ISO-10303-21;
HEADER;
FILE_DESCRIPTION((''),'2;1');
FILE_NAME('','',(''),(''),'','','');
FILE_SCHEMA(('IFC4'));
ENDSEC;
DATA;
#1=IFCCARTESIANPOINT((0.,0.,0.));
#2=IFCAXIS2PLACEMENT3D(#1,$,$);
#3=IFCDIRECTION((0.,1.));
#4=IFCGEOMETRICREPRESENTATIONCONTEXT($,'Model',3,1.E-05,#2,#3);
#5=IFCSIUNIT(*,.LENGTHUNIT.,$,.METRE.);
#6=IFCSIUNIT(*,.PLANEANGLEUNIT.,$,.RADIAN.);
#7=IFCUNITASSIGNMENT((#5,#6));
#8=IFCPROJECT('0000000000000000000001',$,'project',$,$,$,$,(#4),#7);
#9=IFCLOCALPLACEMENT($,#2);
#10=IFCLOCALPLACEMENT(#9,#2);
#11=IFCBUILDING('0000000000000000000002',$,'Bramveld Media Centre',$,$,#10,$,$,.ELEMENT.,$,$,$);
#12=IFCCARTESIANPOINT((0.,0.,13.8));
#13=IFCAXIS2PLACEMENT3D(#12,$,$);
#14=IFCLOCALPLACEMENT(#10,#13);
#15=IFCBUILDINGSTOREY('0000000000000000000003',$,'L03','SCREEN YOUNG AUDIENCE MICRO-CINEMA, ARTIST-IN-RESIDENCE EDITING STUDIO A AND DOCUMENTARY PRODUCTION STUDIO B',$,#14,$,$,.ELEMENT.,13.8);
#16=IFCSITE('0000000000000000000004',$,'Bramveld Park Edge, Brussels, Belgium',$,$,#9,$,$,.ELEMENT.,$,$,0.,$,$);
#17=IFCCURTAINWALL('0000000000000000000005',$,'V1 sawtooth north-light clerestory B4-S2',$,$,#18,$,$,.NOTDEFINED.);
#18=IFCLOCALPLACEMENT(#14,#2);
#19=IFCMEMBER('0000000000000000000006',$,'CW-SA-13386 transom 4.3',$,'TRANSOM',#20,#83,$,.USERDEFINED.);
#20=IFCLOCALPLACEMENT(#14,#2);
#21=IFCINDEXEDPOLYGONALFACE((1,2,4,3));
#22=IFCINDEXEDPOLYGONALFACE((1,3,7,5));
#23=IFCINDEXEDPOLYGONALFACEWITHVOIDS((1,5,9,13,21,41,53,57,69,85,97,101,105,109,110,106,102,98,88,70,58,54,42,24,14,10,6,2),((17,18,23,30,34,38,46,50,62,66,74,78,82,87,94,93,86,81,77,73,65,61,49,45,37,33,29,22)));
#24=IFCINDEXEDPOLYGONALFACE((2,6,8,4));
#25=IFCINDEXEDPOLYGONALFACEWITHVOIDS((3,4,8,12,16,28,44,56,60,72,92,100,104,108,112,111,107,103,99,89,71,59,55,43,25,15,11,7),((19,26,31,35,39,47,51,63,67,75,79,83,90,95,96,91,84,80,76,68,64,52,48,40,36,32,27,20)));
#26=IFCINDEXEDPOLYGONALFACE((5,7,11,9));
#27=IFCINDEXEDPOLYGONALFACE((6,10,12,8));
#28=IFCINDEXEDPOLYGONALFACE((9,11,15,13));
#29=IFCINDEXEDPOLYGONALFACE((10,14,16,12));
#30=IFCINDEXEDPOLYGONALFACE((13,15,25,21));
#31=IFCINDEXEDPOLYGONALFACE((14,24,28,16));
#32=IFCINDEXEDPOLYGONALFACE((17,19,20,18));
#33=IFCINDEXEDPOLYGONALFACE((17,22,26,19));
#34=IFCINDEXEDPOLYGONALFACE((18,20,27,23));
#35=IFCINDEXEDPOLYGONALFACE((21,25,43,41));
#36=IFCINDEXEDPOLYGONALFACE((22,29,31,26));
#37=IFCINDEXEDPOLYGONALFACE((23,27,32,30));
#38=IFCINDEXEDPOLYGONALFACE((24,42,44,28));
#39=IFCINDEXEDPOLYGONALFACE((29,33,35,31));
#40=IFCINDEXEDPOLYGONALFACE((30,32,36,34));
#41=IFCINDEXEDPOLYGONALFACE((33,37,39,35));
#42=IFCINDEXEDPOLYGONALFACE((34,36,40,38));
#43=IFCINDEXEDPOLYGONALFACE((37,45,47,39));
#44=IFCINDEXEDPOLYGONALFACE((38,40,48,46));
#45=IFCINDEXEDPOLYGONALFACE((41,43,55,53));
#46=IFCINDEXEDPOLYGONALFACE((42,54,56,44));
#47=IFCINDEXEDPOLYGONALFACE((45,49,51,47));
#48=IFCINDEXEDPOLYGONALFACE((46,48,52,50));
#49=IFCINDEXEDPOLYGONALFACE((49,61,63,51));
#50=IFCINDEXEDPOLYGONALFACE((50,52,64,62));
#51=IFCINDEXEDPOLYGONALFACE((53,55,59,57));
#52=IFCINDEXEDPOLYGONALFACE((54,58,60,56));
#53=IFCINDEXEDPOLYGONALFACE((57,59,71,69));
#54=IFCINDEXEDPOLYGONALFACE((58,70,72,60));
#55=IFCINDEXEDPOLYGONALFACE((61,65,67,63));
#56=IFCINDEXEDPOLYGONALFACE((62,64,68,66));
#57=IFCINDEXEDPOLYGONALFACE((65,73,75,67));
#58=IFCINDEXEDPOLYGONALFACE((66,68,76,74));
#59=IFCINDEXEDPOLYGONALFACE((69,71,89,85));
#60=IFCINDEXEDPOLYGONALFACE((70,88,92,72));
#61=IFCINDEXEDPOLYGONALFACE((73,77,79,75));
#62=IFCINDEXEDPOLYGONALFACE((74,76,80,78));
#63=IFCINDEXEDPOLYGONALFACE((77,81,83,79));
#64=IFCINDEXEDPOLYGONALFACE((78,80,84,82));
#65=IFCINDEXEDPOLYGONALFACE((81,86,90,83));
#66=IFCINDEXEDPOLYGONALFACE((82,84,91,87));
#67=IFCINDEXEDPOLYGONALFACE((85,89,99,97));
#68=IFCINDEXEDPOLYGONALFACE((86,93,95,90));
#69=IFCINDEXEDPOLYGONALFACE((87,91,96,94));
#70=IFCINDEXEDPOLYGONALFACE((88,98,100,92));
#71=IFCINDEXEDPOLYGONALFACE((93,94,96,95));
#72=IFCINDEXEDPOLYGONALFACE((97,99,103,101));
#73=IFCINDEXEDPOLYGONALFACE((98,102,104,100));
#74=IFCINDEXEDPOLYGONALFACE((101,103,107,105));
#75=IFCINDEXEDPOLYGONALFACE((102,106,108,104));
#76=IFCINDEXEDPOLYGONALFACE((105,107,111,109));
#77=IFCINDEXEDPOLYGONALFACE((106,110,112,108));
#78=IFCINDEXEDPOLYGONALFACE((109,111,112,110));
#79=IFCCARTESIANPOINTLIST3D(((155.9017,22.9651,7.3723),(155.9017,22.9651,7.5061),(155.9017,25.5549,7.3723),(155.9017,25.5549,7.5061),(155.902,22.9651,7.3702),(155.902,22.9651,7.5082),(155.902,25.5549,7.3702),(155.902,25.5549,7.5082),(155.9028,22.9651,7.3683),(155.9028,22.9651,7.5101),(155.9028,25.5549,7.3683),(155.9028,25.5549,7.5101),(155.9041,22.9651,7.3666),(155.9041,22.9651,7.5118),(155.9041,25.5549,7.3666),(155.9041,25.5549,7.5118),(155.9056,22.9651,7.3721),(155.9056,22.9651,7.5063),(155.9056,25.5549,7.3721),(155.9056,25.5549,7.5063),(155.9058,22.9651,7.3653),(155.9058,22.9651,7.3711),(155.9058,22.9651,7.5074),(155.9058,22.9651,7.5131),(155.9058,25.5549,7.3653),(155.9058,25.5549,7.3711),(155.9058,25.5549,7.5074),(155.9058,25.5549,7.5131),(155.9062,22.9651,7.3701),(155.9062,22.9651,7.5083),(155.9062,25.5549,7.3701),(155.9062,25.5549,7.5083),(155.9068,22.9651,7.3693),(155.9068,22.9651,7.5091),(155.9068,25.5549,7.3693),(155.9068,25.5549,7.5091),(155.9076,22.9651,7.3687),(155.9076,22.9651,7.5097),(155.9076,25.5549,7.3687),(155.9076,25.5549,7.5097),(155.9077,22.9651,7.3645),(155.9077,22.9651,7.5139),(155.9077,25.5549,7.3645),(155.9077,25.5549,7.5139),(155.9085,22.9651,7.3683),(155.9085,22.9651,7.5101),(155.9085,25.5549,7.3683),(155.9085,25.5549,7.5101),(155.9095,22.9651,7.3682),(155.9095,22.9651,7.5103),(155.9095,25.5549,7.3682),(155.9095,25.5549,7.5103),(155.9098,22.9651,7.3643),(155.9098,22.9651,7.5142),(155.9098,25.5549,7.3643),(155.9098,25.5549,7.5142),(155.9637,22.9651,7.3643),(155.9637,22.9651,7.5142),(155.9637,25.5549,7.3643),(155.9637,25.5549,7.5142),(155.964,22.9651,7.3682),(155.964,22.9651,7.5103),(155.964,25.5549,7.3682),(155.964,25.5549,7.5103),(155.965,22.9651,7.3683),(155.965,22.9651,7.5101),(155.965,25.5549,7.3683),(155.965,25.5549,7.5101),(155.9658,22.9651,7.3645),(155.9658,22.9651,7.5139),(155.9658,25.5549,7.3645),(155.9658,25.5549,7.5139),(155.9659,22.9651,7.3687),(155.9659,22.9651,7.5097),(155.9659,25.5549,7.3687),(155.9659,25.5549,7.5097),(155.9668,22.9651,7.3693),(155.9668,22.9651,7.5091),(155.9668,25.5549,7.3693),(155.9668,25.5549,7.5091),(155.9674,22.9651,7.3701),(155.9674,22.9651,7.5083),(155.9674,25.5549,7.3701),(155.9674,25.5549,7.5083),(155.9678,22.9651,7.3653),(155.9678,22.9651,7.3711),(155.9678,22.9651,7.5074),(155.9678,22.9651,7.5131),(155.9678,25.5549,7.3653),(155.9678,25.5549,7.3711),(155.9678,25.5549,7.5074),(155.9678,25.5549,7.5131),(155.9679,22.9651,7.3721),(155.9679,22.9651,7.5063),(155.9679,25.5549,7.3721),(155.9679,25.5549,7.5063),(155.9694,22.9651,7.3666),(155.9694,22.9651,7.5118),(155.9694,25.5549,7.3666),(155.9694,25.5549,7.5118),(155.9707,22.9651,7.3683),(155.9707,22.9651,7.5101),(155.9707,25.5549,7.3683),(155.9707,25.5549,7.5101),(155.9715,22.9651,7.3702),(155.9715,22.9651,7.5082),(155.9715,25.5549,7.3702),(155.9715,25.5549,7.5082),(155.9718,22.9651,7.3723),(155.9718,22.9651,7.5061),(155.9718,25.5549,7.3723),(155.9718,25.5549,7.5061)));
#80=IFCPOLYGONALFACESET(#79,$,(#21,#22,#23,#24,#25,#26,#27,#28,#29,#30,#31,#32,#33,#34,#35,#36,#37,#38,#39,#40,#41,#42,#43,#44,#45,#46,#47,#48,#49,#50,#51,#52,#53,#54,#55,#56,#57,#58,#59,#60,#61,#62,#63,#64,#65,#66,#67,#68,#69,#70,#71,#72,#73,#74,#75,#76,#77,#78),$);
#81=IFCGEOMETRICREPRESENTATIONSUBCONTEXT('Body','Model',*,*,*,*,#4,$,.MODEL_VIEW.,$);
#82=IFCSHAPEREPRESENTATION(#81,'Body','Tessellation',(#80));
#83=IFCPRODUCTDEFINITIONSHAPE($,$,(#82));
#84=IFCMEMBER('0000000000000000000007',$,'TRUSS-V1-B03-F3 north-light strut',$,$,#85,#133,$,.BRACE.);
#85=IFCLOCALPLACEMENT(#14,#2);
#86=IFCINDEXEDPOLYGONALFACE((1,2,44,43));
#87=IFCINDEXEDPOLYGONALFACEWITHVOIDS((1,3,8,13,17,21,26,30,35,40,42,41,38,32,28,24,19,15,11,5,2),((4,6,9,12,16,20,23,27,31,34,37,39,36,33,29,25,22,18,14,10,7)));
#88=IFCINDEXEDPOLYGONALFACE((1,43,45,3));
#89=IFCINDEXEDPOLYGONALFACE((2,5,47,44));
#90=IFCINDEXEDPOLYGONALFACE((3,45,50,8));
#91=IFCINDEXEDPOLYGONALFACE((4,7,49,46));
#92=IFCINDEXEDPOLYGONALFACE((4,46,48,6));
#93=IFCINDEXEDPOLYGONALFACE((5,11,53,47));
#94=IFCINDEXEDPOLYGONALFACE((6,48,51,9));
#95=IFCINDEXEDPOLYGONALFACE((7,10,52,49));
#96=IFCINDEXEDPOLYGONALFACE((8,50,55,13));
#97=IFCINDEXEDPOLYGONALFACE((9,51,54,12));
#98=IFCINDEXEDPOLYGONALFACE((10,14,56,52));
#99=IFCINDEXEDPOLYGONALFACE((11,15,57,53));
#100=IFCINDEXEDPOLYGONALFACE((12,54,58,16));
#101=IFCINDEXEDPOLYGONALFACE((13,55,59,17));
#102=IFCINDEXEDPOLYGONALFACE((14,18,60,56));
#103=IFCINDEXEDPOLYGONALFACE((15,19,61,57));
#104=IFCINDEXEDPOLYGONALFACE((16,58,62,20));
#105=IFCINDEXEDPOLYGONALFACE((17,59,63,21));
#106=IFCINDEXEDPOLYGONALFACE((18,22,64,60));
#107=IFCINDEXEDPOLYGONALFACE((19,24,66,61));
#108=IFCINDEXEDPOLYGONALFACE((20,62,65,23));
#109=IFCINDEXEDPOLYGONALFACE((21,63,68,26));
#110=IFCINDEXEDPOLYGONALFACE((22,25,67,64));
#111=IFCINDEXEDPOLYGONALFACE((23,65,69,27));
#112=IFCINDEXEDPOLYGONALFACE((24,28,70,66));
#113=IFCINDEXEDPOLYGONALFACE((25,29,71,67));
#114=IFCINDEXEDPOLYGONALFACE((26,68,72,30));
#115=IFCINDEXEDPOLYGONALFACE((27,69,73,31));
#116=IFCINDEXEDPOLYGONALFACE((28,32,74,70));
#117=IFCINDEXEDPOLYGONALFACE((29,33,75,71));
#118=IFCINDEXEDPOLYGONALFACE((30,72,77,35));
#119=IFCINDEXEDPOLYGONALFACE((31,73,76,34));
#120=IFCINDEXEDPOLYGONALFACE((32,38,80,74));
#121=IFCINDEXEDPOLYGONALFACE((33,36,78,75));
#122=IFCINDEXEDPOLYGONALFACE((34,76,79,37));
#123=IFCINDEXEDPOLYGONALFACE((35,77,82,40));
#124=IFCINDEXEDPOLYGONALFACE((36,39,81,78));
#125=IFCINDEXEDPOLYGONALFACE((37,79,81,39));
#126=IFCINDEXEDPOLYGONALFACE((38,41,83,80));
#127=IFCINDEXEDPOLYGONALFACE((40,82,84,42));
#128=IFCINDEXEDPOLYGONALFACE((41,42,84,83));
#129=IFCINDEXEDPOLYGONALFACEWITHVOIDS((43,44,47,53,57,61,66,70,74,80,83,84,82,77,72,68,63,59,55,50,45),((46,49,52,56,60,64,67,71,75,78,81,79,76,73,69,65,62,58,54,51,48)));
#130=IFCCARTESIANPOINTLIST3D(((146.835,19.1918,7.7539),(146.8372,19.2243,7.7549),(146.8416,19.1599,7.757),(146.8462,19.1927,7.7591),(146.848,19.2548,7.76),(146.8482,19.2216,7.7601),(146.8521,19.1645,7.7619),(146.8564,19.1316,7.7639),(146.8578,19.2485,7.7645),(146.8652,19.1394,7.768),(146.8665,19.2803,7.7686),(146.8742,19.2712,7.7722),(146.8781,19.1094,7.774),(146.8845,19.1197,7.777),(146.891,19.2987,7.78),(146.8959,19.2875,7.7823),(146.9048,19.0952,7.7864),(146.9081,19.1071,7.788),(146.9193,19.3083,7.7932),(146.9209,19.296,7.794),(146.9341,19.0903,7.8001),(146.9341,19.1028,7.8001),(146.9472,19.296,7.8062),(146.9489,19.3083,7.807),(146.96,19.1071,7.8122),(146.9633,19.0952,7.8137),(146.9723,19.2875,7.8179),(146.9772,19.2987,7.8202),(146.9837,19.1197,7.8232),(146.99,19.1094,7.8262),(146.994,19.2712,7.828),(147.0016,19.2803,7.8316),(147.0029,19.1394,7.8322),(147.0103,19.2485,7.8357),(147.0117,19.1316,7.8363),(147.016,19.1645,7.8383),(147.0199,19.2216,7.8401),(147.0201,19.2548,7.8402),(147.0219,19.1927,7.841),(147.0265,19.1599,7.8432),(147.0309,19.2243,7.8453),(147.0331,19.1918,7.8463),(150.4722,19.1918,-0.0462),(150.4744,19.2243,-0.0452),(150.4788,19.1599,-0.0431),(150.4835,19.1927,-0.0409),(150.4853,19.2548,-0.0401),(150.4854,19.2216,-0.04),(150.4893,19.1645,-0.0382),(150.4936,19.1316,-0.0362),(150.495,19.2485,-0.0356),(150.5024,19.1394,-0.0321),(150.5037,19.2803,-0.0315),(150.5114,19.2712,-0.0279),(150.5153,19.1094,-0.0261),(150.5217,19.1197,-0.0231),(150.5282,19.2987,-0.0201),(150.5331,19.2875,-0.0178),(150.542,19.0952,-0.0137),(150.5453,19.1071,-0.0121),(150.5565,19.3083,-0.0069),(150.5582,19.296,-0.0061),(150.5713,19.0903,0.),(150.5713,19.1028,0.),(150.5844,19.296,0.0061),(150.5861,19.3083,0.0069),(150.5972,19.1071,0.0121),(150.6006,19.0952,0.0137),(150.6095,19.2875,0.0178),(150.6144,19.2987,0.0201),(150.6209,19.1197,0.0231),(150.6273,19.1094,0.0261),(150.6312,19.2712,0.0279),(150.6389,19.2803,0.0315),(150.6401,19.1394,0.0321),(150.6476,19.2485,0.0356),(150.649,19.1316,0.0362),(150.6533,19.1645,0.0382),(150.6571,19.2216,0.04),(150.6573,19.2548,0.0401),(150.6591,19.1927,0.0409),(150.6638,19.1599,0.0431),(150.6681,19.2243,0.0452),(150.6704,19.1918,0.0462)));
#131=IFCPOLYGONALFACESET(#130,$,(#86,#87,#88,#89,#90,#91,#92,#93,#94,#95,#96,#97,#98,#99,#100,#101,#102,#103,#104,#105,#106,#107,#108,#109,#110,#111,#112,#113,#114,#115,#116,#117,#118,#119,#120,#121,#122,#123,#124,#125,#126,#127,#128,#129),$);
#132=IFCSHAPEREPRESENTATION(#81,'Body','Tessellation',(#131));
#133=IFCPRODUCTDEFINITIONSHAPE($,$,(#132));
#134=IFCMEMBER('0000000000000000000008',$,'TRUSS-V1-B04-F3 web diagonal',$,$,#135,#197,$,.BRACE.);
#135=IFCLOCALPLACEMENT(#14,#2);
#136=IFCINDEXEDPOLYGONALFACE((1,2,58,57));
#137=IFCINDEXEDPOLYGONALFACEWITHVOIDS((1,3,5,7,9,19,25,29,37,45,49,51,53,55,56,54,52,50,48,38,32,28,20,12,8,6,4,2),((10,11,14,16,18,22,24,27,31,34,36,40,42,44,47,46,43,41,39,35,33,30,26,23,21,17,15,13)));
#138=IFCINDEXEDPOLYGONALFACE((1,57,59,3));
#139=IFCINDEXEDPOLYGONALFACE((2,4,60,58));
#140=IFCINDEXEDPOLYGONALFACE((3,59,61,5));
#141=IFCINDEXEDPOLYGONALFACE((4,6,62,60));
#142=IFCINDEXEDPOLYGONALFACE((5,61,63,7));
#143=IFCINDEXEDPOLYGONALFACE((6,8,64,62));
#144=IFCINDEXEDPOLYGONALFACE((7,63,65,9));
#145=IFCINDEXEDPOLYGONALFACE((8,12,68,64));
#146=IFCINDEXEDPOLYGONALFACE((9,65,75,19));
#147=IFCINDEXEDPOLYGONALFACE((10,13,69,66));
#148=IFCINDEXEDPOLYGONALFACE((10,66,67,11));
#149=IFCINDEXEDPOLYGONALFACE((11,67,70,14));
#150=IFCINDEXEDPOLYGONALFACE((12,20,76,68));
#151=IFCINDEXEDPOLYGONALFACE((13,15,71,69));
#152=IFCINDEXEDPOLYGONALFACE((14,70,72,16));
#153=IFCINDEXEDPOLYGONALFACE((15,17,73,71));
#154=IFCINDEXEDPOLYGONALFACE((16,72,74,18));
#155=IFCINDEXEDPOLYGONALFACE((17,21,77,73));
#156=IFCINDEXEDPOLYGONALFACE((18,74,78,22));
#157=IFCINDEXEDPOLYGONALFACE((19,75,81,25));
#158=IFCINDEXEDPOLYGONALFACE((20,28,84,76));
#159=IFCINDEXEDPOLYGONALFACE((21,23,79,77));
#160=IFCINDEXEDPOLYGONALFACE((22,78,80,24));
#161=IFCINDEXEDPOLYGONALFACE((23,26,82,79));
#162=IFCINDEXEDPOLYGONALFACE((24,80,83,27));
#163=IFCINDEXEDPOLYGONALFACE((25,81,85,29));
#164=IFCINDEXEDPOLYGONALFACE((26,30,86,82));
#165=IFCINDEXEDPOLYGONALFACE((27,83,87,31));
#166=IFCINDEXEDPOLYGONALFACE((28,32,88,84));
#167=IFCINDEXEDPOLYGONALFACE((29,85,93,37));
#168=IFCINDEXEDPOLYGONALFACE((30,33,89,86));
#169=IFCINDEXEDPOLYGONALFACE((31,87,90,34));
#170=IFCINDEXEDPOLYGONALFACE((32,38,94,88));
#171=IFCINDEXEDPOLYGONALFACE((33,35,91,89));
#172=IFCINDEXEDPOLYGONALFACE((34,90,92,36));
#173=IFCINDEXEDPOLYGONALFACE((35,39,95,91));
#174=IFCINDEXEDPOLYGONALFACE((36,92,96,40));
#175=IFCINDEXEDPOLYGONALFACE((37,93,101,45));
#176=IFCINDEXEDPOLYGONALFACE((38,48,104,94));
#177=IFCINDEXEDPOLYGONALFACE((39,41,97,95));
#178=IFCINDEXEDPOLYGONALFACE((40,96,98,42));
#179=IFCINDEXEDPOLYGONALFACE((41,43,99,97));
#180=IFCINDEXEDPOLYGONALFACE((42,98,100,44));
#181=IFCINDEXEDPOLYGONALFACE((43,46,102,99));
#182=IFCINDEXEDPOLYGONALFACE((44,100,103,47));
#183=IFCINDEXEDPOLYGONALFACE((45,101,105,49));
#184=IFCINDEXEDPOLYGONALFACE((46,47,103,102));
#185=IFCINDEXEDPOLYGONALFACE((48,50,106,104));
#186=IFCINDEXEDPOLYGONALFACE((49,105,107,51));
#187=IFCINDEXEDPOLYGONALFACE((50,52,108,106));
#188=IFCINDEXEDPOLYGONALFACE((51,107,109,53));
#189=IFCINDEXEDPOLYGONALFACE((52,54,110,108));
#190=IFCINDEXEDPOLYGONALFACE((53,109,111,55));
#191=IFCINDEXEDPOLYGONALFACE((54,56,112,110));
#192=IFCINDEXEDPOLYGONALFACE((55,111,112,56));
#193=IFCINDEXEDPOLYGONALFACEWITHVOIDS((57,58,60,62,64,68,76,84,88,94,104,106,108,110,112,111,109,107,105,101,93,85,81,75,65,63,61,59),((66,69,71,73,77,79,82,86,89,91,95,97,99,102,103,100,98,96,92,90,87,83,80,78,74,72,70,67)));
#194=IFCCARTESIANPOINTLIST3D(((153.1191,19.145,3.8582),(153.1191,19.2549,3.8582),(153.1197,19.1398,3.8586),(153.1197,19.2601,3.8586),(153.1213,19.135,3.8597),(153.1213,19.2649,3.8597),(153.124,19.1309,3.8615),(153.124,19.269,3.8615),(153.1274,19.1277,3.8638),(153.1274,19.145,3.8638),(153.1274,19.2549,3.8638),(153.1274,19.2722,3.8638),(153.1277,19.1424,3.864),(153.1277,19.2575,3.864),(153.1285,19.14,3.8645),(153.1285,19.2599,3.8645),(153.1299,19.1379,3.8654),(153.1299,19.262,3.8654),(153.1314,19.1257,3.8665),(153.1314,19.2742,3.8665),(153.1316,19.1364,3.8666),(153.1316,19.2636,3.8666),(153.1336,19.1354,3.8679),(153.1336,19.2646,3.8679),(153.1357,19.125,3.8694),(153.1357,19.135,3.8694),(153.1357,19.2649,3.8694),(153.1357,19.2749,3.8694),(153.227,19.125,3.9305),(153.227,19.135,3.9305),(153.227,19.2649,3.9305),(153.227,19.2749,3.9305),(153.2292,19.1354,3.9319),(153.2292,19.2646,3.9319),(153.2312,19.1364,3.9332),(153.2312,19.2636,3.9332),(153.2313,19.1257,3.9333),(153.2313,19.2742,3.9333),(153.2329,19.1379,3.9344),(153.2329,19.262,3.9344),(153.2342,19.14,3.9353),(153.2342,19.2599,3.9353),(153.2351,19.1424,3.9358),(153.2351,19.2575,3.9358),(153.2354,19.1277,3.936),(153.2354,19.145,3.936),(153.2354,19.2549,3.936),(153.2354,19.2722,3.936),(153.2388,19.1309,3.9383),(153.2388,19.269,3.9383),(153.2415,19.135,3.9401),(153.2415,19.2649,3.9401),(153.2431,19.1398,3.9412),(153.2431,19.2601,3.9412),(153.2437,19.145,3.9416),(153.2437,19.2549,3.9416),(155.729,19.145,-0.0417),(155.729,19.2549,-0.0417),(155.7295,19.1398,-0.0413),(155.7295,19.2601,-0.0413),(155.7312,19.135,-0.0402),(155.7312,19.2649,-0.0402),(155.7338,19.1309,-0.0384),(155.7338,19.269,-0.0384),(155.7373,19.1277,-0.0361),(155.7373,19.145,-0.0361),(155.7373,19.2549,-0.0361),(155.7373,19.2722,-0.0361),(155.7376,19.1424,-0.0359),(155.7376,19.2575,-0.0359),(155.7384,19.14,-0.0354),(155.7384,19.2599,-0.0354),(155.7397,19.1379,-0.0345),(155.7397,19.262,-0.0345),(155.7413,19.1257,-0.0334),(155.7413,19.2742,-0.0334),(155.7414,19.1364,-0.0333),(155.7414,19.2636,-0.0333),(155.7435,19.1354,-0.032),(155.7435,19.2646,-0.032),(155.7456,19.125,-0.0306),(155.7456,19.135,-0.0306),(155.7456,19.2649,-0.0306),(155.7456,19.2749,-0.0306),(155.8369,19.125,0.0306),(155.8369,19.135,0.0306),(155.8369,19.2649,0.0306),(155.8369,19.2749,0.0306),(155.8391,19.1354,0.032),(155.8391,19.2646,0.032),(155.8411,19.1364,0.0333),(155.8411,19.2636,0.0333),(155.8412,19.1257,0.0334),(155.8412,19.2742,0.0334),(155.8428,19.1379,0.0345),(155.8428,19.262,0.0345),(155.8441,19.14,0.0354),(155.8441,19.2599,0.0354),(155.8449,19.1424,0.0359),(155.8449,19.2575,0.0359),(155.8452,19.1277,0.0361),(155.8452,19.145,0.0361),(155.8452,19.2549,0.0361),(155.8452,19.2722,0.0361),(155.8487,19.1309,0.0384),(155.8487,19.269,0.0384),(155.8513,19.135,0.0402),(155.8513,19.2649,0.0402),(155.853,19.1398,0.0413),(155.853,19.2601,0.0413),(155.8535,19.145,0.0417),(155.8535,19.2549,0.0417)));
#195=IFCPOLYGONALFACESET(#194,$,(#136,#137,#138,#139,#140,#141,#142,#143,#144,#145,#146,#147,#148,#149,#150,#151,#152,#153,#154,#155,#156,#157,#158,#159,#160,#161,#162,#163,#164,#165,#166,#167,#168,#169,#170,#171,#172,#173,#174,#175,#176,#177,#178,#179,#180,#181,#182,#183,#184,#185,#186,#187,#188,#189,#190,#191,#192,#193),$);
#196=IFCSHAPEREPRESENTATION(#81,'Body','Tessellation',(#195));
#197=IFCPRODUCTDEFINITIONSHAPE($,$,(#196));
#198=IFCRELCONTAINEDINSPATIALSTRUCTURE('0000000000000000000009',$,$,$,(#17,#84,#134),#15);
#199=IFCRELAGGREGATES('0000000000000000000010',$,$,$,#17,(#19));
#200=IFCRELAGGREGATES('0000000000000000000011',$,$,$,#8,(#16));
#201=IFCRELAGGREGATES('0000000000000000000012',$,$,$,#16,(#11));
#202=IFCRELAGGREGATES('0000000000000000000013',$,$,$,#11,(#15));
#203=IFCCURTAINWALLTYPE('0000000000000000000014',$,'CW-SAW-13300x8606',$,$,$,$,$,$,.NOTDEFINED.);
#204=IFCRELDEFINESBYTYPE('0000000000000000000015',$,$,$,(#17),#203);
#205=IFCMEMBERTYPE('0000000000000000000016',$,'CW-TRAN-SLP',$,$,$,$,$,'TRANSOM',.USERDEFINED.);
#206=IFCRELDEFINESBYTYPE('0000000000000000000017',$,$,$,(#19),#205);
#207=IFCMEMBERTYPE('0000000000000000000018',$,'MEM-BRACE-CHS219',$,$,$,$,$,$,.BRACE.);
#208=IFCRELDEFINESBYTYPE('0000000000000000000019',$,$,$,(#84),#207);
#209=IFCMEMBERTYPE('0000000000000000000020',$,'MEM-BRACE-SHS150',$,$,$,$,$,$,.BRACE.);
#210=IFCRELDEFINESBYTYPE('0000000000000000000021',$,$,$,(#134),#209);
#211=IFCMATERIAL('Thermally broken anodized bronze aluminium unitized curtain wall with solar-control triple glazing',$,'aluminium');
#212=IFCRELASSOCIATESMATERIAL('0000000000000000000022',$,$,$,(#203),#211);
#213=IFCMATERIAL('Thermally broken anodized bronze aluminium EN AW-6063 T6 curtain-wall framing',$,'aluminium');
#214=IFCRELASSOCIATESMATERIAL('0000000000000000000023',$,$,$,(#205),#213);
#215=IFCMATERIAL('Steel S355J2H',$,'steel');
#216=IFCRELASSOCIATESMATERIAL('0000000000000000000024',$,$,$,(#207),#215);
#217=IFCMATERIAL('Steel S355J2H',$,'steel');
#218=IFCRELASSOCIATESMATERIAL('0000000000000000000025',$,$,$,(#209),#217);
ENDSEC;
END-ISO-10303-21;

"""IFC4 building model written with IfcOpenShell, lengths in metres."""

from ifc_helpers import new_model, si_unit, direction, frame, origin, origin_2d, place, context, subcontext, project, spatial, hollow_rectangle, hollow_circle, extrude, material, material_profile, profile_set, type_object, element, aggregate, save


model = new_model("IFC4")

# Units and contexts
model_context = context("Model", 3, precision=1e-05, world=origin(), true_north=direction((0.0, 1.0)))
body_context = subcontext(model_context, "Body", "Model", "MODEL_VIEW")
ifc_project = project(units=[si_unit("LENGTHUNIT", "METRE"), si_unit("PLANEANGLEUNIT", "RADIAN")], contexts=[model_context])

# Site, building, storey
site_placement = place(None, origin())
site = spatial("IfcSite", under=ifc_project, at=site_placement, Name="Bramveld Park Edge, Brussels, Belgium", CompositionType="ELEMENT", RefElevation=0.0)
building_placement = place(site_placement, origin())
building = spatial("IfcBuilding", under=site, at=building_placement, Name="Bramveld Media Centre", CompositionType="ELEMENT")
storey_placement = place(building_placement, frame((0.0, 0.0, 13.8)))
storey = spatial("IfcBuildingStorey", under=building, at=storey_placement, Name="L03", Description="SCREEN YOUNG AUDIENCE MICRO-CINEMA, ARTIST-IN-RESIDENCE EDITING STUDIO A AND DOCUMENTARY PRODUCTION STUDIO B", CompositionType="ELEMENT", Elevation=13.8)

# Curtain wall, member
ifc_material_1 = material(Name="Thermally broken anodized bronze aluminium unitized curtain wall with solar-control triple glazing", Category="aluminium")
curtain_wall_type = type_object("IfcCurtainWallType", Name="CW-SAW-13300x8606", PredefinedType="NOTDEFINED", material=ifc_material_1)
ifc_material_2 = material(Name="Thermally broken anodized bronze aluminium EN AW-6063 T6 curtain-wall framing", Category="aluminium")
ifc_material_profile_1 = material_profile(ifc_material_2, hollow_rectangle(XDim=0.0701, YDim=0.1499, WallThickness=0.0039, InnerFilletRadius=0.0039, OuterFilletRadius=0.0081, at=origin_2d()), Name="AL-TRAN 70x150")
ifc_profile_set_1 = profile_set([ifc_material_profile_1], Name="Thermally broken anodized bronze aluminium EN AW-6063 T6 curtain-wall framing")
member_type_1 = type_object("IfcMemberType", Name="CW-TRAN-SLP", ElementType="TRANSOM", PredefinedType="USERDEFINED", material=ifc_profile_set_1)
curtain_wall_1_placement = place(storey_placement, origin())
curtain_wall_1 = element("IfcCurtainWall", 1, at=curtain_wall_1_placement, inside=storey, type_object=curtain_wall_type, Name="V1 sawtooth north-light clerestory B4-S2", PredefinedType="NOTDEFINED")
member_1_placement = place(storey_placement, frame((155.9368, 22.9651, 7.4392), z_axis=(0.0, 1.0, 0.0), x_axis=(-1.0, 0.0, 0.0)))
member_1 = element("IfcMember", 2, at=member_1_placement, type_object=member_type_1, Name="CW-SA-13386 transom 4.3", ObjectType="TRANSOM", PredefinedType="USERDEFINED", context=body_context, shape_type="SweptSolid", body=[
    extrude(hollow_rectangle(XDim=0.0701, YDim=0.1499, WallThickness=0.0039, InnerFilletRadius=0.0039, OuterFilletRadius=0.0081, at=origin_2d()), origin(), (0.0, 0.0, 1.0), 2.5898),
])
aggregate(curtain_wall_1, [member_1])

# Members
ifc_material_3 = material(Name="Steel S355J2H", Category="steel")
ifc_material_profile_2 = material_profile(ifc_material_3, hollow_circle(Radius=0.1096, WallThickness=0.0125, at=origin_2d()), Name="CHS 219.1x12.5")
ifc_profile_set_2 = profile_set([ifc_material_profile_2], Name="Steel S355J2H")
member_type_2 = type_object("IfcMemberType", Name="MEM-BRACE-CHS219", PredefinedType="BRACE", material=ifc_profile_set_2)
member_2_placement = place(storey_placement, frame((150.5713, 19.2, 0.0), z_axis=(-0.422617, 0.0, 0.906308), x_axis=(0.0, -1.0, 0.0)))
element("IfcMember", 3, at=member_2_placement, inside=storey, type_object=member_type_2, Name="TRUSS-V1-B03-F3 north-light strut", PredefinedType="BRACE", context=body_context, shape_type="SweptSolid", body=[
    extrude(hollow_circle(Radius=0.1096, WallThickness=0.0125, at=origin_2d()), origin(), (0.0, 0.0, 1.0), 8.6064),
])
ifc_material_4 = material(Name="Steel S355J2H", Category="steel")
ifc_material_profile_3 = material_profile(ifc_material_4, hollow_rectangle(XDim=0.1499, YDim=0.1499, WallThickness=0.01, InnerFilletRadius=0.01, OuterFilletRadius=0.02, at=origin_2d()), Name="SHS 150x150x10")
ifc_profile_set_3 = profile_set([ifc_material_profile_3], Name="Steel S355J2H")
member_type_3 = type_object("IfcMemberType", Name="MEM-BRACE-SHS150", PredefinedType="BRACE", material=ifc_profile_set_3)
member_3_placement = place(storey_placement, frame((155.7913, 19.2, 0.0), z_axis=(-0.556164, 0.0, 0.831073), x_axis=(0.0, -1.0, 0.0)))
element("IfcMember", 4, at=member_3_placement, inside=storey, type_object=member_type_3, Name="TRUSS-V1-B04-F3 web diagonal", PredefinedType="BRACE", context=body_context, shape_type="SweptSolid", body=[
    extrude(hollow_rectangle(XDim=0.1499, YDim=0.1499, WallThickness=0.01, InnerFilletRadius=0.01, OuterFilletRadius=0.02, at=origin_2d()), origin(), (0.0, 0.0, 1.0), 4.6926),
])

save(model, "model.ifc")
